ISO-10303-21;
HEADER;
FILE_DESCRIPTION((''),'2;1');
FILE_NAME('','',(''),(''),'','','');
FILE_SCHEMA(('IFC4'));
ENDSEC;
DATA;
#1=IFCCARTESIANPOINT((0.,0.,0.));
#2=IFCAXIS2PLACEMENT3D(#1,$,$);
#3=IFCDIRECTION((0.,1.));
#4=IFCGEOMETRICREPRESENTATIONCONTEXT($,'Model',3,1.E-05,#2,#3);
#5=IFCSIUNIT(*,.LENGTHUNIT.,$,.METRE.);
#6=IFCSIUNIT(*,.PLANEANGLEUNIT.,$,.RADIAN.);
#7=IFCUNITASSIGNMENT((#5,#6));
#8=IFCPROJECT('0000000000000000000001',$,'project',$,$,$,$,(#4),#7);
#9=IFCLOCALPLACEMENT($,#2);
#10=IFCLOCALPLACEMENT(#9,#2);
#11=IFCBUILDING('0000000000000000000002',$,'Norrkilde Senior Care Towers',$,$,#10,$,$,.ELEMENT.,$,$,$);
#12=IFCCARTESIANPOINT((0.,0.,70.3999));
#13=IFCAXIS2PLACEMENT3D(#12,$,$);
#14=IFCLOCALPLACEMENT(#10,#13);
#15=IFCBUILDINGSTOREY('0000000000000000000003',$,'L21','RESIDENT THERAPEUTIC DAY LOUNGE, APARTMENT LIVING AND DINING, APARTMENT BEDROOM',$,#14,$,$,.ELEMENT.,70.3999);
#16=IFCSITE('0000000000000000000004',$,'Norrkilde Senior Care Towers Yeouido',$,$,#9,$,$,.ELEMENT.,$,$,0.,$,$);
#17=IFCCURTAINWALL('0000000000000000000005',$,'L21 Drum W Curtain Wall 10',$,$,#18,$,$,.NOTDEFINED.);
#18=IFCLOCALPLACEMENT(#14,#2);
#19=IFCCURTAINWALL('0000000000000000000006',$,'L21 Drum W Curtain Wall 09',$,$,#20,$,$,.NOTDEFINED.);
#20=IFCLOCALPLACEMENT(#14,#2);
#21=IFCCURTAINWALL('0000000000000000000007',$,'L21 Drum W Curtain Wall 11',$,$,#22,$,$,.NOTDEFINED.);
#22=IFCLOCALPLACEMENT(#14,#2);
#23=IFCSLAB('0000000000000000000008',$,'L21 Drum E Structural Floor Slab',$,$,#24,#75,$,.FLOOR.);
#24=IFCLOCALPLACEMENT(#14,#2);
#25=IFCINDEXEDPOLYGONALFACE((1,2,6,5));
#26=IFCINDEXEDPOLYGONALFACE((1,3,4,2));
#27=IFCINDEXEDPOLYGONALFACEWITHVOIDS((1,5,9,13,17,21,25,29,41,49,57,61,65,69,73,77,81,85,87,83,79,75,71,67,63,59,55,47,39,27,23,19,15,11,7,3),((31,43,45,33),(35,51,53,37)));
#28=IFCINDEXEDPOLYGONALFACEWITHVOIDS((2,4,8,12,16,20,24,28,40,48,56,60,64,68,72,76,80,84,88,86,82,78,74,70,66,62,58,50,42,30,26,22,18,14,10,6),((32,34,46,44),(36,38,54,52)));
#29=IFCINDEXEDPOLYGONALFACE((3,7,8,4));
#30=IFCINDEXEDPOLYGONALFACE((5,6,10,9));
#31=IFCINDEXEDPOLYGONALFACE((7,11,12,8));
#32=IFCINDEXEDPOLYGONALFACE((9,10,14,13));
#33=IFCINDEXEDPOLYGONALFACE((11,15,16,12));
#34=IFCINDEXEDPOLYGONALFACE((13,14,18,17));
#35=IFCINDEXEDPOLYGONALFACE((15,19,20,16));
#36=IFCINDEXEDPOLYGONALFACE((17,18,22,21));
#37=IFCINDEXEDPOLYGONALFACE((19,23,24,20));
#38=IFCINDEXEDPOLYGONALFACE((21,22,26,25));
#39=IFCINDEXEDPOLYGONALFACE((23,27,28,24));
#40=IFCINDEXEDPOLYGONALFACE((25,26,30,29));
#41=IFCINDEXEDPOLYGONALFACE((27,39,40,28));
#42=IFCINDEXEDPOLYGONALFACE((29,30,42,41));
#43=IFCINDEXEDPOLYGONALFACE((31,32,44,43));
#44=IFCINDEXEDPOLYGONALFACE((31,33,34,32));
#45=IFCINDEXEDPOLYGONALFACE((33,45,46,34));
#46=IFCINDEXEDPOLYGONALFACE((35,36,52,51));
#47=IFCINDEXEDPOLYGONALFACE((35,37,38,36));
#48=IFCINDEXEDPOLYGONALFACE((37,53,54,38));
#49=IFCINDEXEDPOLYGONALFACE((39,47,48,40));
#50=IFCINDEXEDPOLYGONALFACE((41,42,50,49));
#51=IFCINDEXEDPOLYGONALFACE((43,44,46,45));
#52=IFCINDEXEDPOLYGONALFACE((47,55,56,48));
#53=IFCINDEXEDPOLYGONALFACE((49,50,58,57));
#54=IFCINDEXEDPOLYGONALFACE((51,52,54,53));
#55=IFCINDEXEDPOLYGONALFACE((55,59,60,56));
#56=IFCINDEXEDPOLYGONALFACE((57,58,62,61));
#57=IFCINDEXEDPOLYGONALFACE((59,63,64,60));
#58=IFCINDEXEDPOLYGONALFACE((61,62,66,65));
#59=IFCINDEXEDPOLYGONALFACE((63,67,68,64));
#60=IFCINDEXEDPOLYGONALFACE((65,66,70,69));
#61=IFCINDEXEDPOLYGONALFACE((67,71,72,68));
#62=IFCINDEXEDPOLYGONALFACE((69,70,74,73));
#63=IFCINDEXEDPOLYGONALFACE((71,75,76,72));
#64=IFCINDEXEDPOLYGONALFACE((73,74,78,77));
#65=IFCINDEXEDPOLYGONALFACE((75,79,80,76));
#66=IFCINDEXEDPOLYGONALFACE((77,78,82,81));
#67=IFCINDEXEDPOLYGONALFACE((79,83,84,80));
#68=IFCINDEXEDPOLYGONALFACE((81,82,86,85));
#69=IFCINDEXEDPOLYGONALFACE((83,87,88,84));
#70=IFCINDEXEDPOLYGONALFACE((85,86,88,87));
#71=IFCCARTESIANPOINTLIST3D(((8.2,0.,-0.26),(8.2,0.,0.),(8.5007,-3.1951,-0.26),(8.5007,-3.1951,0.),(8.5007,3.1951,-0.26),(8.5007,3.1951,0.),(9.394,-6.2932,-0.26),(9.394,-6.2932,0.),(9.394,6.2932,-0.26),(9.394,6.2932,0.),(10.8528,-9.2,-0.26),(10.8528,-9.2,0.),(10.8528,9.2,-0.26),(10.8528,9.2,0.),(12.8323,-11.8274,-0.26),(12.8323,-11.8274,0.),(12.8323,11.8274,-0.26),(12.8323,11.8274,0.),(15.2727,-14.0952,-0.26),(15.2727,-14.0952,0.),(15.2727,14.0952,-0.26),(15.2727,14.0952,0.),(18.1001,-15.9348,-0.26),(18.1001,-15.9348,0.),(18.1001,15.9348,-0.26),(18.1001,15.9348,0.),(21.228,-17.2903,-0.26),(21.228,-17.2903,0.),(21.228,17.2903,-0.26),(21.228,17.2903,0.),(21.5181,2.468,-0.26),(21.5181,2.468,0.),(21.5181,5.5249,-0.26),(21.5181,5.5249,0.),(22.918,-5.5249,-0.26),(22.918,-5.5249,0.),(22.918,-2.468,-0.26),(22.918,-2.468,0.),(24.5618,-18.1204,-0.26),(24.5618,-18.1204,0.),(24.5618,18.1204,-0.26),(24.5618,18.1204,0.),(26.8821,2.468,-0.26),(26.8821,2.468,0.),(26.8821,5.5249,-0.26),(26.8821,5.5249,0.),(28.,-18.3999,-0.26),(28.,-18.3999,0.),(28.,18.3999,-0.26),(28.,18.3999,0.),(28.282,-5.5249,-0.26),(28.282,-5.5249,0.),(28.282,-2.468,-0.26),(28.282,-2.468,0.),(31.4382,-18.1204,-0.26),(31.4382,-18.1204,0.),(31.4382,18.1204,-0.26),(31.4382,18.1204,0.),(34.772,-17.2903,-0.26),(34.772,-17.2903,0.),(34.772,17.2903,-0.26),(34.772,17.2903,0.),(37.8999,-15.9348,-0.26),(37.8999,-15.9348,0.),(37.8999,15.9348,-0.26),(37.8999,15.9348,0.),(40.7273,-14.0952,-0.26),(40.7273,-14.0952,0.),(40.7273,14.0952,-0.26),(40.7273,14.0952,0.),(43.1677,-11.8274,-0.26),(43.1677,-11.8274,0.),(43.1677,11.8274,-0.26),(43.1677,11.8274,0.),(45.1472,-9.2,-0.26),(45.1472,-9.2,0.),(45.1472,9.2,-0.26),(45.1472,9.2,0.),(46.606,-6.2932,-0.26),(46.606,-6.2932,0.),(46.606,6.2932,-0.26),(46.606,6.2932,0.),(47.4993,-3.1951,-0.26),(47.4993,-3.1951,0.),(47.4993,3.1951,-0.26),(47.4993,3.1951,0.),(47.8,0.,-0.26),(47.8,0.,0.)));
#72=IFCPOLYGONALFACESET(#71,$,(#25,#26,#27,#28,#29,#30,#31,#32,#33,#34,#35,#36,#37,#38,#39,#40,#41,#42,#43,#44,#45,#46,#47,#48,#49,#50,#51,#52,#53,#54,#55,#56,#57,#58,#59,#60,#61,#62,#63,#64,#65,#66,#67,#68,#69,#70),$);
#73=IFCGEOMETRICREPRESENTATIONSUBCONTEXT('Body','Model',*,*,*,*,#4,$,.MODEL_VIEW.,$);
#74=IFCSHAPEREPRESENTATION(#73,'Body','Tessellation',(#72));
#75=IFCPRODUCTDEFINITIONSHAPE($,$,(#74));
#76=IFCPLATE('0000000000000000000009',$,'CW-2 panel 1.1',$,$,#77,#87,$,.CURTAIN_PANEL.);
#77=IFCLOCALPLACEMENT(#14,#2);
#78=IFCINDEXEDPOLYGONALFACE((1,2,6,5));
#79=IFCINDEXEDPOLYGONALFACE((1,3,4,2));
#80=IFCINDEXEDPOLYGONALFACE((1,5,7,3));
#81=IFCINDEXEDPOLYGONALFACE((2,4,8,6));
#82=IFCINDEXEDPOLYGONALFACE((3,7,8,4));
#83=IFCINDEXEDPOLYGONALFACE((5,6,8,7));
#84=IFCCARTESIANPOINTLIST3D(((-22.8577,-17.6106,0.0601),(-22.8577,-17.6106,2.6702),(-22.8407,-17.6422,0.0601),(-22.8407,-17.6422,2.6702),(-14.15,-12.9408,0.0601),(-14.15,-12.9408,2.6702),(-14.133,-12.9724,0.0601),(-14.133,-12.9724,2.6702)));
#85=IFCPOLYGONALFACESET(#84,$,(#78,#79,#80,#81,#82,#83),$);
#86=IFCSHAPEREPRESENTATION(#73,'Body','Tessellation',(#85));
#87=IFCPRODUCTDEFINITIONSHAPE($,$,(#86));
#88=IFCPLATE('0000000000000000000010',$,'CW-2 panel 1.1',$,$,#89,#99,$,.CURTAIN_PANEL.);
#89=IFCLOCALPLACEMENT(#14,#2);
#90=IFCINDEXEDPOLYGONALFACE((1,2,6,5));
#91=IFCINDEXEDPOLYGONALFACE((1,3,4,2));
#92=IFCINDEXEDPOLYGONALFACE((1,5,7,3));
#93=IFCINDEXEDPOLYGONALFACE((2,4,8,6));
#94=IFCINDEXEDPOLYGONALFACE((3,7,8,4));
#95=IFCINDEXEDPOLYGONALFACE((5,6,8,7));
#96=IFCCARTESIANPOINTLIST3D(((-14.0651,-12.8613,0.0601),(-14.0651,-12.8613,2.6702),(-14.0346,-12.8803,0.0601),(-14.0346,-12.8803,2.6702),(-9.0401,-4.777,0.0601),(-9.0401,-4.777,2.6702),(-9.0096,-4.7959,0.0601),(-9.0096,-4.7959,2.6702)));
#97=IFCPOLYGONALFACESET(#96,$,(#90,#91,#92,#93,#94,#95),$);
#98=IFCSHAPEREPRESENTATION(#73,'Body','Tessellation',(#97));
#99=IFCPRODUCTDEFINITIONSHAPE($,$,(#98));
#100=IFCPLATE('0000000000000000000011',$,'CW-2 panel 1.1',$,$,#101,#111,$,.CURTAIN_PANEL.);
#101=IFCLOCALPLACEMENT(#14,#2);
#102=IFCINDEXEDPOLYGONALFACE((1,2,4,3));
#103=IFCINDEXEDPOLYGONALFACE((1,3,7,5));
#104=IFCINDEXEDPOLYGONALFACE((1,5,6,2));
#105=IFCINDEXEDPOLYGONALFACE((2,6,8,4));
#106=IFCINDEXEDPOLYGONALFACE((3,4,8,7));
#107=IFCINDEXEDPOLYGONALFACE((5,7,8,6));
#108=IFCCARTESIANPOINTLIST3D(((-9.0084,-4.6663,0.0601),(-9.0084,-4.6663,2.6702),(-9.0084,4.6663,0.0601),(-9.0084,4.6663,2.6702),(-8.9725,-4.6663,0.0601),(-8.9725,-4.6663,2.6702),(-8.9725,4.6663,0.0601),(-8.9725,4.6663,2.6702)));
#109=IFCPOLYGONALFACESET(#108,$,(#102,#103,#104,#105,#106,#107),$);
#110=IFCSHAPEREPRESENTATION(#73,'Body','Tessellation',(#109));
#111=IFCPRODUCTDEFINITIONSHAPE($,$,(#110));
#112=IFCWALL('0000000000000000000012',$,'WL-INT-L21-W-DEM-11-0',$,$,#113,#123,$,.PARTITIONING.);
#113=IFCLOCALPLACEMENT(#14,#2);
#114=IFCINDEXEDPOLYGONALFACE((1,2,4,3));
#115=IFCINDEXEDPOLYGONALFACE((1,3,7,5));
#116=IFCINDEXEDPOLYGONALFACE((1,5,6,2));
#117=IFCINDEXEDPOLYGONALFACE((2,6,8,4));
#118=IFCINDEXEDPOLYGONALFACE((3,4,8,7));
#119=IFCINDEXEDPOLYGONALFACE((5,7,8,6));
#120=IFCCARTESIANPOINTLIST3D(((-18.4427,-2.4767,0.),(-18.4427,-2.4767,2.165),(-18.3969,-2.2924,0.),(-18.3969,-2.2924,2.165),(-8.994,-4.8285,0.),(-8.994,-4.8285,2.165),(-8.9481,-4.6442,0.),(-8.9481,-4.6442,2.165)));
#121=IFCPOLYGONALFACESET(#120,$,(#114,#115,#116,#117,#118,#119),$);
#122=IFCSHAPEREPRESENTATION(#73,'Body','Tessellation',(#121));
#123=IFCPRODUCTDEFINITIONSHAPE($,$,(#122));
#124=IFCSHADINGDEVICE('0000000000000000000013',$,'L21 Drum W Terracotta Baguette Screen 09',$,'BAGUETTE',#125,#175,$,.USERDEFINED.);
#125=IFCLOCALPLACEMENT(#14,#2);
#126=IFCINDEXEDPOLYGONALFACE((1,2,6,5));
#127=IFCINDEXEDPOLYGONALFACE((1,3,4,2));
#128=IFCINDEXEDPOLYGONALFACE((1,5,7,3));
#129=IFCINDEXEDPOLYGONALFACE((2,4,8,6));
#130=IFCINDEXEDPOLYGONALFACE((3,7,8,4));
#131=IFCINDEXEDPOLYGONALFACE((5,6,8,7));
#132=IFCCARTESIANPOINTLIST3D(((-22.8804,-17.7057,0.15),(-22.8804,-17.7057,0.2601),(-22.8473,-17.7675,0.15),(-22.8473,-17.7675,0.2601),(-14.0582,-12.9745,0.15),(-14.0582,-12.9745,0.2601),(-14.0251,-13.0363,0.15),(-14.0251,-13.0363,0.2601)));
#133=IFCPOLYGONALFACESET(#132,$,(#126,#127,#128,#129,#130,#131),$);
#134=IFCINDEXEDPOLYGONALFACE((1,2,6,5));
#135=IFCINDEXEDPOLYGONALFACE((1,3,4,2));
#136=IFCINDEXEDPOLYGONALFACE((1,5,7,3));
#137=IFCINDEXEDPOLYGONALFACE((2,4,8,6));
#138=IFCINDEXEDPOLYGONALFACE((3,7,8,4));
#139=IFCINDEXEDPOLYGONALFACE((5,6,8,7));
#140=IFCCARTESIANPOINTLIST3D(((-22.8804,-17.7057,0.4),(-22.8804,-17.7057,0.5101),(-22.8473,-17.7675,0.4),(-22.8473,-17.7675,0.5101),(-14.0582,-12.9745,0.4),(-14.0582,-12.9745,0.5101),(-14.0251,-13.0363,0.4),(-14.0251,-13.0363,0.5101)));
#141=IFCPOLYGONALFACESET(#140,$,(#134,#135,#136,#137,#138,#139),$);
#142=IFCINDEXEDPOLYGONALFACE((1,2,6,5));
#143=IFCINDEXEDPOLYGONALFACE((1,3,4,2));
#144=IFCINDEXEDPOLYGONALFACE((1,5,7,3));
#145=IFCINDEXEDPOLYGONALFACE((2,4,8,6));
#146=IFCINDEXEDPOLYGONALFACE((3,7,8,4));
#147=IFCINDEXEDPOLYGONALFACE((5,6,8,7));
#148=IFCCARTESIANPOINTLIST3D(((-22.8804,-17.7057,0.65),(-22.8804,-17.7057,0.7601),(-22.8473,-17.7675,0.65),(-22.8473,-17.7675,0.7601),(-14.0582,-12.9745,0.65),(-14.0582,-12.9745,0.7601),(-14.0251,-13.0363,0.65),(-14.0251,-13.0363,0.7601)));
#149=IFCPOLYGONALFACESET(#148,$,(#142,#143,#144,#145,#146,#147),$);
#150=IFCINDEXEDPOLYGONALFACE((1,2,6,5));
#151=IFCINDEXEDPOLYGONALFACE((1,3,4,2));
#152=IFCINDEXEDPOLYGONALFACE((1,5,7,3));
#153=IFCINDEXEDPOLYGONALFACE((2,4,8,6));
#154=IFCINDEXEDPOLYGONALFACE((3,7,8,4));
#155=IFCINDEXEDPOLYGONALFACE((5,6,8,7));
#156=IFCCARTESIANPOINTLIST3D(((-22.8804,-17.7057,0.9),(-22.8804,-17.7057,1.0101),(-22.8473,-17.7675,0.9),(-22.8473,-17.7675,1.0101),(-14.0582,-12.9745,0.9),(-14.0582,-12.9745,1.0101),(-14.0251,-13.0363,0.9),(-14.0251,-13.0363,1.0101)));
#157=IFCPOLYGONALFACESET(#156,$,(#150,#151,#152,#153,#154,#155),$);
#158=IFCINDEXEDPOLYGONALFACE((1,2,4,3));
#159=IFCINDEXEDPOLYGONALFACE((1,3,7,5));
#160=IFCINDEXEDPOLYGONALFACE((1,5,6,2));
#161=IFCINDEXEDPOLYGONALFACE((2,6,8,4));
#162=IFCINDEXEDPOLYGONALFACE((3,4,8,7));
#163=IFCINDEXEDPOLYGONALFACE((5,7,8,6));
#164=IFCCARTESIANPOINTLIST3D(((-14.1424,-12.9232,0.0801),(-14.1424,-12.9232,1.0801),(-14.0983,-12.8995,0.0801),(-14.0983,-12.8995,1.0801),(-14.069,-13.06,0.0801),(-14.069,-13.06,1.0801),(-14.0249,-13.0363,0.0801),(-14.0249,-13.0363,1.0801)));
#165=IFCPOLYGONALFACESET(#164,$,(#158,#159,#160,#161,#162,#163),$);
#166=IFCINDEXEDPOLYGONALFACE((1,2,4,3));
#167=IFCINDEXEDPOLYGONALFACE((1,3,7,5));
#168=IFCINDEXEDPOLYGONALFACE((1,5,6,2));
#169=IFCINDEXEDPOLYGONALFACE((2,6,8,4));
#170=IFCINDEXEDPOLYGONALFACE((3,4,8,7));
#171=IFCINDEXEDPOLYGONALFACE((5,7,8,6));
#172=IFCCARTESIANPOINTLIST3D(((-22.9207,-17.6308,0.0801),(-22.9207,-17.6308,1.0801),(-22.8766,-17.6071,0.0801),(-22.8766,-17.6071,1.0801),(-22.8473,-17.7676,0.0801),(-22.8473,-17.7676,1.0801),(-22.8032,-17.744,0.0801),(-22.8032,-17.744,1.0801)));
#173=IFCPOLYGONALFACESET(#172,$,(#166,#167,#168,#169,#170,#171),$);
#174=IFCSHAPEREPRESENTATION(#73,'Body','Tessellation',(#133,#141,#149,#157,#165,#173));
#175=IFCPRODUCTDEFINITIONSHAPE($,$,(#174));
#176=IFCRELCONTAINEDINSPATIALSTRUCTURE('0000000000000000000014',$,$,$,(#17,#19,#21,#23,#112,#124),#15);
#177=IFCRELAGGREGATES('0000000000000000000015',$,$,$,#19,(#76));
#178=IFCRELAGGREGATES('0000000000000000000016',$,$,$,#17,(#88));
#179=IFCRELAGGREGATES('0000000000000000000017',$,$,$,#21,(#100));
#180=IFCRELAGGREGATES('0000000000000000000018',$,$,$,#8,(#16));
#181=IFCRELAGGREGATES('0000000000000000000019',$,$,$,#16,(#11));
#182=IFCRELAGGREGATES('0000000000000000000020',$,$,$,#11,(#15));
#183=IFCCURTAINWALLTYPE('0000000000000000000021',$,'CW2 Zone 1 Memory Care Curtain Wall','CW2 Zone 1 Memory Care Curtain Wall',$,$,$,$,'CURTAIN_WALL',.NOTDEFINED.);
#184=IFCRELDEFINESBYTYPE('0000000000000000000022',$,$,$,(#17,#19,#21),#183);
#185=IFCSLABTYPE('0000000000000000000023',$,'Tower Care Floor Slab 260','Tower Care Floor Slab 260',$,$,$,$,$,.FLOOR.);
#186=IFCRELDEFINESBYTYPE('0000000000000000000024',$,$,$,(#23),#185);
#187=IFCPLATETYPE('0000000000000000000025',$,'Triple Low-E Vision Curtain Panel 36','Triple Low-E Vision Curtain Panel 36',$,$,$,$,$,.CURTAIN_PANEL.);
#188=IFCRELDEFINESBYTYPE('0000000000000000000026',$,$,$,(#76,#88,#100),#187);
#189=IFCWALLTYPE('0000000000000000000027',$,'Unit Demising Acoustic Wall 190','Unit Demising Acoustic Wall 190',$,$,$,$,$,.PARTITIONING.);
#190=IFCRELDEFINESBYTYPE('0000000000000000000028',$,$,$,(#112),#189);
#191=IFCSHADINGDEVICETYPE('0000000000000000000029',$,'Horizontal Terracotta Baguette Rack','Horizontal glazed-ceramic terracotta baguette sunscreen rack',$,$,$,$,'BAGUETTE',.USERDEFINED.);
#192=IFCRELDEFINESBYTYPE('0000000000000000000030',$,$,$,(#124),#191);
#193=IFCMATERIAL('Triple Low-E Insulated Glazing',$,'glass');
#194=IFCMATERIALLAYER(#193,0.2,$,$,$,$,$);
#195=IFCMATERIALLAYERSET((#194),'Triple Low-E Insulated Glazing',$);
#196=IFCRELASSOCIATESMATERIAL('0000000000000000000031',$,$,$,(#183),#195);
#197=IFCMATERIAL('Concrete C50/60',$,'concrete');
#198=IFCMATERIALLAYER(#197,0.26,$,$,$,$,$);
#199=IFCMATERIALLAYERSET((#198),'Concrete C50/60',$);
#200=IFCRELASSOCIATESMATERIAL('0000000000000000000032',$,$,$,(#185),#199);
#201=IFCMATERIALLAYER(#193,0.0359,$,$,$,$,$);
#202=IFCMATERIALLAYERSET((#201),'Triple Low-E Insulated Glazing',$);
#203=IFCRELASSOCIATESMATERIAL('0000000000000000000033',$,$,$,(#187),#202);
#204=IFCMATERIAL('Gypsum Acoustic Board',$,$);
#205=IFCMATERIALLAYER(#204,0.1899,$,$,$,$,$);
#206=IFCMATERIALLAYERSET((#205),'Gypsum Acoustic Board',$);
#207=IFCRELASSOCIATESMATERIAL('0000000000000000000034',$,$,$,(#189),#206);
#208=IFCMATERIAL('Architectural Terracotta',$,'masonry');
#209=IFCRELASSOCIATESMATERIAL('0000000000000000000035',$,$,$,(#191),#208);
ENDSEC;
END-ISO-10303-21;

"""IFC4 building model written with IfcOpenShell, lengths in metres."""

from ifc_helpers import new_model, si_unit, direction, frame, frame_2d, origin, origin_2d, place, context, subcontext, project, spatial, polyline, rectangle, outline, extrude, source, transform, mapped, material, layer, layer_set, type_object, type_shapes, element, aggregate, save


model = new_model("IFC4")

# Units and contexts
model_context = context("Model", 3, precision=1e-05, world=origin(), true_north=direction((0.0, 1.0)))
body_context = subcontext(model_context, "Body", "Model", "MODEL_VIEW")
ifc_project = project(units=[si_unit("LENGTHUNIT", "METRE"), si_unit("PLANEANGLEUNIT", "RADIAN")], contexts=[model_context])

# Site, building, storey
site_placement = place(None, origin())
site = spatial("IfcSite", under=ifc_project, at=site_placement, Name="Norrkilde Senior Care Towers Yeouido", CompositionType="ELEMENT", RefElevation=0.0)
building_placement = place(site_placement, origin())
building = spatial("IfcBuilding", under=site, at=building_placement, Name="Norrkilde Senior Care Towers", CompositionType="ELEMENT")
storey_placement = place(building_placement, frame((0.0, 0.0, 70.3999)))
storey = spatial("IfcBuildingStorey", under=building, at=storey_placement, Name="L21", Description="RESIDENT THERAPEUTIC DAY LOUNGE, APARTMENT LIVING AND DINING, APARTMENT BEDROOM", CompositionType="ELEMENT", Elevation=70.3999)

# Curtain walls
ifc_material_1 = material(Name="Triple Low-E Insulated Glazing", Category="glass")
ifc_layer_1 = layer(ifc_material_1, 0.2)
ifc_layer_set_1 = layer_set([ifc_layer_1], Name="Triple Low-E Insulated Glazing")
curtain_wall_type = type_object("IfcCurtainWallType", Name="CW2 Zone 1 Memory Care Curtain Wall", Description="CW2 Zone 1 Memory Care Curtain Wall", ElementType="CURTAIN_WALL", PredefinedType="NOTDEFINED", material=ifc_layer_set_1)
curtain_wall_1_placement = place(storey_placement, origin())
curtain_wall_1 = element("IfcCurtainWall", 1, at=curtain_wall_1_placement, inside=storey, type_object=curtain_wall_type, Name="L21 Drum W Curtain Wall 10", PredefinedType="NOTDEFINED")
curtain_wall_2_placement = place(storey_placement, origin())
curtain_wall_2 = element("IfcCurtainWall", 2, at=curtain_wall_2_placement, inside=storey, type_object=curtain_wall_type, Name="L21 Drum W Curtain Wall 09", PredefinedType="NOTDEFINED")

# Curtain wall
curtain_wall_3_placement = place(storey_placement, origin())
curtain_wall_3 = element("IfcCurtainWall", 3, at=curtain_wall_3_placement, inside=storey, type_object=curtain_wall_type, Name="L21 Drum W Curtain Wall 11", PredefinedType="NOTDEFINED")

# Shared definitions
ifc_material_2 = material(Name="Concrete C50/60", Category="concrete")

# Slab
ifc_layer_2 = layer(ifc_material_2, 0.26)
ifc_layer_set_2 = layer_set([ifc_layer_2], Name="Concrete C50/60")
slab_type_1 = type_object("IfcSlabType", Name="Tower Care Floor Slab 260", Description="Tower Care Floor Slab 260", PredefinedType="FLOOR", material=ifc_layer_set_2)
slab_1_placement = place(storey_placement, frame((0.0, 0.0, -0.26)))
element("IfcSlab", 4, at=slab_1_placement, inside=storey, type_object=slab_type_1, Name="L21 Drum E Structural Floor Slab", PredefinedType="FLOOR", context=body_context, shape_type="SweptSolid", body=[
    extrude(outline(polyline([(46.606, -6.2932), (45.1472, -9.2), (43.1677, -11.8274), (40.7273, -14.0952), (37.8999, -15.9348), (34.772, -17.2903), (31.4382, -18.1204), (28.0, -18.3999), (24.5618, -18.1204), (21.228, -17.2903), (18.1001, -15.9348), (15.2727, -14.0952), (12.8323, -11.8274), (10.8528, -9.2), (9.394, -6.2932), (8.5007, -3.1951), (8.2, 0.0), (8.5007, 3.1951), (9.394, 6.2932), (10.8528, 9.2), (12.8323, 11.8274), (15.2727, 14.0952), (18.1001, 15.9348), (21.228, 17.2903), (24.5618, 18.1204), (28.0, 18.3999), (31.4382, 18.1204), (34.772, 17.2903), (37.8999, 15.9348), (40.7273, 14.0952), (43.1677, 11.8274), (45.1472, 9.2), (46.606, 6.2932), (47.4993, 3.1951), (47.8, 0.0), (47.4993, -3.1951), (46.606, -6.2932)]), holes=[polyline([(21.5181, 2.468), (26.8821, 2.468), (26.8821, 5.5249), (21.5181, 5.5249), (21.5181, 2.468)]), polyline([(28.282, -5.5249), (28.282, -2.468), (22.918, -2.468), (22.918, -5.5249), (28.282, -5.5249)])]), origin(), (0.0, 0.0, 1.0), 0.26),
])

# Plates
ifc_layer_3 = layer(ifc_material_1, 0.0359)
ifc_layer_set_3 = layer_set([ifc_layer_3], Name="Triple Low-E Insulated Glazing")
plate_type = type_object("IfcPlateType", Name="Triple Low-E Vision Curtain Panel 36", Description="Triple Low-E Vision Curtain Panel 36", PredefinedType="CURTAIN_PANEL", material=ifc_layer_set_3)
shared_shape_1 = source(origin(), body_context, "Body", "SweptSolid", [
    extrude(rectangle(XDim=9.8809, YDim=0.0359, at=origin_2d()), origin(), (0.0, 0.0, 1.0), 2.6101),
])
plate_1_placement = place(storey_placement, frame((-18.4954, -15.2915, 0.0601), z_axis=(0.0, 0.0, 1.0), x_axis=(-0.881273, -0.472608, 0.0)))
plate_1 = element("IfcPlate", 5, at=plate_1_placement, type_object=plate_type, Name="CW-2 panel 1.1", PredefinedType="CURTAIN_PANEL", context=body_context, shape_type="MappedRepresentation", body=[
    mapped(shared_shape_1, transform((0.0, 0.0, 0.0), x_axis=(1.0, 0.0, 0.0), y_axis=(0.0, 1.0, 0.0), z_axis=(0.0, 0.0, 1.0), scale=1.0)),
])
aggregate(curtain_wall_2, [plate_1])
shared_shape_2 = source(origin(), body_context, "Body", "SweptSolid", [
    extrude(rectangle(XDim=9.5188, YDim=0.0359, at=origin_2d()), origin(), (0.0, 0.0, 1.0), 2.6101),
])
plate_2_placement = place(storey_placement, frame((-11.5374, -8.8286, 0.0601), z_axis=(0.0, 0.0, 1.0), x_axis=(-0.527901, -0.849306, 0.0)))
plate_2 = element("IfcPlate", 6, at=plate_2_placement, type_object=plate_type, Name="CW-2 panel 1.1", PredefinedType="CURTAIN_PANEL", context=body_context, shape_type="MappedRepresentation", body=[
    mapped(shared_shape_2, transform((0.0, 0.0, 0.0), x_axis=(1.0, 0.0, 0.0), y_axis=(0.0, 1.0, 0.0), z_axis=(0.0, 0.0, 1.0), scale=1.0)),
])
aggregate(curtain_wall_1, [plate_2])
shared_shape_3 = source(origin(), body_context, "Body", "SweptSolid", [
    extrude(rectangle(XDim=9.3325, YDim=0.0359, at=origin_2d()), origin(), (0.0, 0.0, 1.0), 2.6101),
])
type_shapes(plate_type, [shared_shape_1, shared_shape_2, shared_shape_3])
plate_3_placement = place(storey_placement, frame((-8.9905, 0.0, 0.0601), z_axis=(0.0, 0.0, 1.0), x_axis=(0.0, -1.0, 0.0)))
plate_3 = element("IfcPlate", 7, at=plate_3_placement, type_object=plate_type, Name="CW-2 panel 1.1", PredefinedType="CURTAIN_PANEL", context=body_context, shape_type="MappedRepresentation", body=[
    mapped(shared_shape_3, transform((0.0, 0.0, 0.0), x_axis=(1.0, 0.0, 0.0), y_axis=(0.0, 1.0, 0.0), z_axis=(0.0, 0.0, 1.0), scale=1.0)),
])
aggregate(curtain_wall_3, [plate_3])

# Wall
ifc_material_3 = material(Name="Gypsum Acoustic Board")
ifc_layer_4 = layer(ifc_material_3, 0.1899)
ifc_layer_set_4 = layer_set([ifc_layer_4], Name="Gypsum Acoustic Board")
wall_type = type_object("IfcWallType", Name="Unit Demising Acoustic Wall 190", Description="Unit Demising Acoustic Wall 190", PredefinedType="PARTITIONING", material=ifc_layer_set_4)
shared_shape_4 = source(origin(), body_context, "Body", "SweptSolid", [
    extrude(rectangle(XDim=9.7371, YDim=0.1899, at=frame_2d((4.8687, 0.0))), origin(), (0.0, 0.0, 1.0), 2.165),
])
type_shapes(wall_type, [shared_shape_4])
wall_placement = place(storey_placement, frame((-18.4199, -2.3845, 0.0), z_axis=(0.0, 0.0, 1.0), x_axis=(0.970393, -0.241533, 0.0)))
element("IfcWall", 8, at=wall_placement, inside=storey, type_object=wall_type, Name="WL-INT-L21-W-DEM-11-0", PredefinedType="PARTITIONING", context=body_context, shape_type="MappedRepresentation", body=[
    mapped(shared_shape_4, transform((0.0, 0.0, 0.0), x_axis=(1.0, 0.0, 0.0), y_axis=(0.0, 1.0, 0.0), z_axis=(0.0, 0.0, 1.0), scale=1.0)),
])

# Shading device
ifc_material_4 = material(Name="Architectural Terracotta", Category="masonry")
shading_device_type = type_object("IfcShadingDeviceType", Name="Horizontal Terracotta Baguette Rack", Description="Horizontal glazed-ceramic terracotta baguette sunscreen rack", ElementType="BAGUETTE", PredefinedType="USERDEFINED", material=ifc_material_4)
shared_shape_5 = source(origin(), body_context, "Body", "SweptSolid", [
    extrude(rectangle(XDim=0.0701, YDim=0.1101, at=origin_2d()), frame((0.0, 0.0901, 0.125), z_axis=(1.0, 0.0, 0.0), x_axis=(0.0, 1.0, 0.0)), (0.0, 0.0, 1.0), 10.0107),
    extrude(rectangle(XDim=0.0701, YDim=0.1101, at=origin_2d()), frame((0.0, 0.0901, 0.375), z_axis=(1.0, 0.0, 0.0), x_axis=(0.0, 1.0, 0.0)), (0.0, 0.0, 1.0), 10.0107),
    extrude(rectangle(XDim=0.0701, YDim=0.1101, at=origin_2d()), frame((0.0, 0.0901, 0.625), z_axis=(1.0, 0.0, 0.0), x_axis=(0.0, 1.0, 0.0)), (0.0, 0.0, 1.0), 10.0107),
    extrude(rectangle(XDim=0.0701, YDim=0.1101, at=origin_2d()), frame((0.0, 0.0901, 0.875), z_axis=(1.0, 0.0, 0.0), x_axis=(0.0, 1.0, 0.0)), (0.0, 0.0, 1.0), 10.0107),
    extrude(rectangle(XDim=0.05, YDim=0.1553, at=origin_2d()), frame((0.0249, 0.0476, 0.0)), (0.0, 0.0, 1.0), 1.0),
    extrude(rectangle(XDim=0.05, YDim=0.1553, at=origin_2d()), frame((9.9858, 0.0476, 0.0)), (0.0, 0.0, 1.0), 1.0),
])
type_shapes(shading_device_type, [shared_shape_5])
shading_device_placement = place(storey_placement, frame((-14.0842, -12.926, 0.0801), z_axis=(0.0, 0.0, 1.0), x_axis=(-0.88128, -0.472612, 0.0)))
element("IfcShadingDevice", 9, at=shading_device_placement, inside=storey, type_object=shading_device_type, Name="L21 Drum W Terracotta Baguette Screen 09", ObjectType="BAGUETTE", PredefinedType="USERDEFINED", context=body_context, shape_type="MappedRepresentation", body=[
    mapped(shared_shape_5, transform((0.0, 0.0, 0.0), x_axis=(1.0, 0.0, 0.0), y_axis=(0.0, 1.0, 0.0), z_axis=(0.0, 0.0, 1.0), scale=1.0)),
])

save(model, "model.ifc")
